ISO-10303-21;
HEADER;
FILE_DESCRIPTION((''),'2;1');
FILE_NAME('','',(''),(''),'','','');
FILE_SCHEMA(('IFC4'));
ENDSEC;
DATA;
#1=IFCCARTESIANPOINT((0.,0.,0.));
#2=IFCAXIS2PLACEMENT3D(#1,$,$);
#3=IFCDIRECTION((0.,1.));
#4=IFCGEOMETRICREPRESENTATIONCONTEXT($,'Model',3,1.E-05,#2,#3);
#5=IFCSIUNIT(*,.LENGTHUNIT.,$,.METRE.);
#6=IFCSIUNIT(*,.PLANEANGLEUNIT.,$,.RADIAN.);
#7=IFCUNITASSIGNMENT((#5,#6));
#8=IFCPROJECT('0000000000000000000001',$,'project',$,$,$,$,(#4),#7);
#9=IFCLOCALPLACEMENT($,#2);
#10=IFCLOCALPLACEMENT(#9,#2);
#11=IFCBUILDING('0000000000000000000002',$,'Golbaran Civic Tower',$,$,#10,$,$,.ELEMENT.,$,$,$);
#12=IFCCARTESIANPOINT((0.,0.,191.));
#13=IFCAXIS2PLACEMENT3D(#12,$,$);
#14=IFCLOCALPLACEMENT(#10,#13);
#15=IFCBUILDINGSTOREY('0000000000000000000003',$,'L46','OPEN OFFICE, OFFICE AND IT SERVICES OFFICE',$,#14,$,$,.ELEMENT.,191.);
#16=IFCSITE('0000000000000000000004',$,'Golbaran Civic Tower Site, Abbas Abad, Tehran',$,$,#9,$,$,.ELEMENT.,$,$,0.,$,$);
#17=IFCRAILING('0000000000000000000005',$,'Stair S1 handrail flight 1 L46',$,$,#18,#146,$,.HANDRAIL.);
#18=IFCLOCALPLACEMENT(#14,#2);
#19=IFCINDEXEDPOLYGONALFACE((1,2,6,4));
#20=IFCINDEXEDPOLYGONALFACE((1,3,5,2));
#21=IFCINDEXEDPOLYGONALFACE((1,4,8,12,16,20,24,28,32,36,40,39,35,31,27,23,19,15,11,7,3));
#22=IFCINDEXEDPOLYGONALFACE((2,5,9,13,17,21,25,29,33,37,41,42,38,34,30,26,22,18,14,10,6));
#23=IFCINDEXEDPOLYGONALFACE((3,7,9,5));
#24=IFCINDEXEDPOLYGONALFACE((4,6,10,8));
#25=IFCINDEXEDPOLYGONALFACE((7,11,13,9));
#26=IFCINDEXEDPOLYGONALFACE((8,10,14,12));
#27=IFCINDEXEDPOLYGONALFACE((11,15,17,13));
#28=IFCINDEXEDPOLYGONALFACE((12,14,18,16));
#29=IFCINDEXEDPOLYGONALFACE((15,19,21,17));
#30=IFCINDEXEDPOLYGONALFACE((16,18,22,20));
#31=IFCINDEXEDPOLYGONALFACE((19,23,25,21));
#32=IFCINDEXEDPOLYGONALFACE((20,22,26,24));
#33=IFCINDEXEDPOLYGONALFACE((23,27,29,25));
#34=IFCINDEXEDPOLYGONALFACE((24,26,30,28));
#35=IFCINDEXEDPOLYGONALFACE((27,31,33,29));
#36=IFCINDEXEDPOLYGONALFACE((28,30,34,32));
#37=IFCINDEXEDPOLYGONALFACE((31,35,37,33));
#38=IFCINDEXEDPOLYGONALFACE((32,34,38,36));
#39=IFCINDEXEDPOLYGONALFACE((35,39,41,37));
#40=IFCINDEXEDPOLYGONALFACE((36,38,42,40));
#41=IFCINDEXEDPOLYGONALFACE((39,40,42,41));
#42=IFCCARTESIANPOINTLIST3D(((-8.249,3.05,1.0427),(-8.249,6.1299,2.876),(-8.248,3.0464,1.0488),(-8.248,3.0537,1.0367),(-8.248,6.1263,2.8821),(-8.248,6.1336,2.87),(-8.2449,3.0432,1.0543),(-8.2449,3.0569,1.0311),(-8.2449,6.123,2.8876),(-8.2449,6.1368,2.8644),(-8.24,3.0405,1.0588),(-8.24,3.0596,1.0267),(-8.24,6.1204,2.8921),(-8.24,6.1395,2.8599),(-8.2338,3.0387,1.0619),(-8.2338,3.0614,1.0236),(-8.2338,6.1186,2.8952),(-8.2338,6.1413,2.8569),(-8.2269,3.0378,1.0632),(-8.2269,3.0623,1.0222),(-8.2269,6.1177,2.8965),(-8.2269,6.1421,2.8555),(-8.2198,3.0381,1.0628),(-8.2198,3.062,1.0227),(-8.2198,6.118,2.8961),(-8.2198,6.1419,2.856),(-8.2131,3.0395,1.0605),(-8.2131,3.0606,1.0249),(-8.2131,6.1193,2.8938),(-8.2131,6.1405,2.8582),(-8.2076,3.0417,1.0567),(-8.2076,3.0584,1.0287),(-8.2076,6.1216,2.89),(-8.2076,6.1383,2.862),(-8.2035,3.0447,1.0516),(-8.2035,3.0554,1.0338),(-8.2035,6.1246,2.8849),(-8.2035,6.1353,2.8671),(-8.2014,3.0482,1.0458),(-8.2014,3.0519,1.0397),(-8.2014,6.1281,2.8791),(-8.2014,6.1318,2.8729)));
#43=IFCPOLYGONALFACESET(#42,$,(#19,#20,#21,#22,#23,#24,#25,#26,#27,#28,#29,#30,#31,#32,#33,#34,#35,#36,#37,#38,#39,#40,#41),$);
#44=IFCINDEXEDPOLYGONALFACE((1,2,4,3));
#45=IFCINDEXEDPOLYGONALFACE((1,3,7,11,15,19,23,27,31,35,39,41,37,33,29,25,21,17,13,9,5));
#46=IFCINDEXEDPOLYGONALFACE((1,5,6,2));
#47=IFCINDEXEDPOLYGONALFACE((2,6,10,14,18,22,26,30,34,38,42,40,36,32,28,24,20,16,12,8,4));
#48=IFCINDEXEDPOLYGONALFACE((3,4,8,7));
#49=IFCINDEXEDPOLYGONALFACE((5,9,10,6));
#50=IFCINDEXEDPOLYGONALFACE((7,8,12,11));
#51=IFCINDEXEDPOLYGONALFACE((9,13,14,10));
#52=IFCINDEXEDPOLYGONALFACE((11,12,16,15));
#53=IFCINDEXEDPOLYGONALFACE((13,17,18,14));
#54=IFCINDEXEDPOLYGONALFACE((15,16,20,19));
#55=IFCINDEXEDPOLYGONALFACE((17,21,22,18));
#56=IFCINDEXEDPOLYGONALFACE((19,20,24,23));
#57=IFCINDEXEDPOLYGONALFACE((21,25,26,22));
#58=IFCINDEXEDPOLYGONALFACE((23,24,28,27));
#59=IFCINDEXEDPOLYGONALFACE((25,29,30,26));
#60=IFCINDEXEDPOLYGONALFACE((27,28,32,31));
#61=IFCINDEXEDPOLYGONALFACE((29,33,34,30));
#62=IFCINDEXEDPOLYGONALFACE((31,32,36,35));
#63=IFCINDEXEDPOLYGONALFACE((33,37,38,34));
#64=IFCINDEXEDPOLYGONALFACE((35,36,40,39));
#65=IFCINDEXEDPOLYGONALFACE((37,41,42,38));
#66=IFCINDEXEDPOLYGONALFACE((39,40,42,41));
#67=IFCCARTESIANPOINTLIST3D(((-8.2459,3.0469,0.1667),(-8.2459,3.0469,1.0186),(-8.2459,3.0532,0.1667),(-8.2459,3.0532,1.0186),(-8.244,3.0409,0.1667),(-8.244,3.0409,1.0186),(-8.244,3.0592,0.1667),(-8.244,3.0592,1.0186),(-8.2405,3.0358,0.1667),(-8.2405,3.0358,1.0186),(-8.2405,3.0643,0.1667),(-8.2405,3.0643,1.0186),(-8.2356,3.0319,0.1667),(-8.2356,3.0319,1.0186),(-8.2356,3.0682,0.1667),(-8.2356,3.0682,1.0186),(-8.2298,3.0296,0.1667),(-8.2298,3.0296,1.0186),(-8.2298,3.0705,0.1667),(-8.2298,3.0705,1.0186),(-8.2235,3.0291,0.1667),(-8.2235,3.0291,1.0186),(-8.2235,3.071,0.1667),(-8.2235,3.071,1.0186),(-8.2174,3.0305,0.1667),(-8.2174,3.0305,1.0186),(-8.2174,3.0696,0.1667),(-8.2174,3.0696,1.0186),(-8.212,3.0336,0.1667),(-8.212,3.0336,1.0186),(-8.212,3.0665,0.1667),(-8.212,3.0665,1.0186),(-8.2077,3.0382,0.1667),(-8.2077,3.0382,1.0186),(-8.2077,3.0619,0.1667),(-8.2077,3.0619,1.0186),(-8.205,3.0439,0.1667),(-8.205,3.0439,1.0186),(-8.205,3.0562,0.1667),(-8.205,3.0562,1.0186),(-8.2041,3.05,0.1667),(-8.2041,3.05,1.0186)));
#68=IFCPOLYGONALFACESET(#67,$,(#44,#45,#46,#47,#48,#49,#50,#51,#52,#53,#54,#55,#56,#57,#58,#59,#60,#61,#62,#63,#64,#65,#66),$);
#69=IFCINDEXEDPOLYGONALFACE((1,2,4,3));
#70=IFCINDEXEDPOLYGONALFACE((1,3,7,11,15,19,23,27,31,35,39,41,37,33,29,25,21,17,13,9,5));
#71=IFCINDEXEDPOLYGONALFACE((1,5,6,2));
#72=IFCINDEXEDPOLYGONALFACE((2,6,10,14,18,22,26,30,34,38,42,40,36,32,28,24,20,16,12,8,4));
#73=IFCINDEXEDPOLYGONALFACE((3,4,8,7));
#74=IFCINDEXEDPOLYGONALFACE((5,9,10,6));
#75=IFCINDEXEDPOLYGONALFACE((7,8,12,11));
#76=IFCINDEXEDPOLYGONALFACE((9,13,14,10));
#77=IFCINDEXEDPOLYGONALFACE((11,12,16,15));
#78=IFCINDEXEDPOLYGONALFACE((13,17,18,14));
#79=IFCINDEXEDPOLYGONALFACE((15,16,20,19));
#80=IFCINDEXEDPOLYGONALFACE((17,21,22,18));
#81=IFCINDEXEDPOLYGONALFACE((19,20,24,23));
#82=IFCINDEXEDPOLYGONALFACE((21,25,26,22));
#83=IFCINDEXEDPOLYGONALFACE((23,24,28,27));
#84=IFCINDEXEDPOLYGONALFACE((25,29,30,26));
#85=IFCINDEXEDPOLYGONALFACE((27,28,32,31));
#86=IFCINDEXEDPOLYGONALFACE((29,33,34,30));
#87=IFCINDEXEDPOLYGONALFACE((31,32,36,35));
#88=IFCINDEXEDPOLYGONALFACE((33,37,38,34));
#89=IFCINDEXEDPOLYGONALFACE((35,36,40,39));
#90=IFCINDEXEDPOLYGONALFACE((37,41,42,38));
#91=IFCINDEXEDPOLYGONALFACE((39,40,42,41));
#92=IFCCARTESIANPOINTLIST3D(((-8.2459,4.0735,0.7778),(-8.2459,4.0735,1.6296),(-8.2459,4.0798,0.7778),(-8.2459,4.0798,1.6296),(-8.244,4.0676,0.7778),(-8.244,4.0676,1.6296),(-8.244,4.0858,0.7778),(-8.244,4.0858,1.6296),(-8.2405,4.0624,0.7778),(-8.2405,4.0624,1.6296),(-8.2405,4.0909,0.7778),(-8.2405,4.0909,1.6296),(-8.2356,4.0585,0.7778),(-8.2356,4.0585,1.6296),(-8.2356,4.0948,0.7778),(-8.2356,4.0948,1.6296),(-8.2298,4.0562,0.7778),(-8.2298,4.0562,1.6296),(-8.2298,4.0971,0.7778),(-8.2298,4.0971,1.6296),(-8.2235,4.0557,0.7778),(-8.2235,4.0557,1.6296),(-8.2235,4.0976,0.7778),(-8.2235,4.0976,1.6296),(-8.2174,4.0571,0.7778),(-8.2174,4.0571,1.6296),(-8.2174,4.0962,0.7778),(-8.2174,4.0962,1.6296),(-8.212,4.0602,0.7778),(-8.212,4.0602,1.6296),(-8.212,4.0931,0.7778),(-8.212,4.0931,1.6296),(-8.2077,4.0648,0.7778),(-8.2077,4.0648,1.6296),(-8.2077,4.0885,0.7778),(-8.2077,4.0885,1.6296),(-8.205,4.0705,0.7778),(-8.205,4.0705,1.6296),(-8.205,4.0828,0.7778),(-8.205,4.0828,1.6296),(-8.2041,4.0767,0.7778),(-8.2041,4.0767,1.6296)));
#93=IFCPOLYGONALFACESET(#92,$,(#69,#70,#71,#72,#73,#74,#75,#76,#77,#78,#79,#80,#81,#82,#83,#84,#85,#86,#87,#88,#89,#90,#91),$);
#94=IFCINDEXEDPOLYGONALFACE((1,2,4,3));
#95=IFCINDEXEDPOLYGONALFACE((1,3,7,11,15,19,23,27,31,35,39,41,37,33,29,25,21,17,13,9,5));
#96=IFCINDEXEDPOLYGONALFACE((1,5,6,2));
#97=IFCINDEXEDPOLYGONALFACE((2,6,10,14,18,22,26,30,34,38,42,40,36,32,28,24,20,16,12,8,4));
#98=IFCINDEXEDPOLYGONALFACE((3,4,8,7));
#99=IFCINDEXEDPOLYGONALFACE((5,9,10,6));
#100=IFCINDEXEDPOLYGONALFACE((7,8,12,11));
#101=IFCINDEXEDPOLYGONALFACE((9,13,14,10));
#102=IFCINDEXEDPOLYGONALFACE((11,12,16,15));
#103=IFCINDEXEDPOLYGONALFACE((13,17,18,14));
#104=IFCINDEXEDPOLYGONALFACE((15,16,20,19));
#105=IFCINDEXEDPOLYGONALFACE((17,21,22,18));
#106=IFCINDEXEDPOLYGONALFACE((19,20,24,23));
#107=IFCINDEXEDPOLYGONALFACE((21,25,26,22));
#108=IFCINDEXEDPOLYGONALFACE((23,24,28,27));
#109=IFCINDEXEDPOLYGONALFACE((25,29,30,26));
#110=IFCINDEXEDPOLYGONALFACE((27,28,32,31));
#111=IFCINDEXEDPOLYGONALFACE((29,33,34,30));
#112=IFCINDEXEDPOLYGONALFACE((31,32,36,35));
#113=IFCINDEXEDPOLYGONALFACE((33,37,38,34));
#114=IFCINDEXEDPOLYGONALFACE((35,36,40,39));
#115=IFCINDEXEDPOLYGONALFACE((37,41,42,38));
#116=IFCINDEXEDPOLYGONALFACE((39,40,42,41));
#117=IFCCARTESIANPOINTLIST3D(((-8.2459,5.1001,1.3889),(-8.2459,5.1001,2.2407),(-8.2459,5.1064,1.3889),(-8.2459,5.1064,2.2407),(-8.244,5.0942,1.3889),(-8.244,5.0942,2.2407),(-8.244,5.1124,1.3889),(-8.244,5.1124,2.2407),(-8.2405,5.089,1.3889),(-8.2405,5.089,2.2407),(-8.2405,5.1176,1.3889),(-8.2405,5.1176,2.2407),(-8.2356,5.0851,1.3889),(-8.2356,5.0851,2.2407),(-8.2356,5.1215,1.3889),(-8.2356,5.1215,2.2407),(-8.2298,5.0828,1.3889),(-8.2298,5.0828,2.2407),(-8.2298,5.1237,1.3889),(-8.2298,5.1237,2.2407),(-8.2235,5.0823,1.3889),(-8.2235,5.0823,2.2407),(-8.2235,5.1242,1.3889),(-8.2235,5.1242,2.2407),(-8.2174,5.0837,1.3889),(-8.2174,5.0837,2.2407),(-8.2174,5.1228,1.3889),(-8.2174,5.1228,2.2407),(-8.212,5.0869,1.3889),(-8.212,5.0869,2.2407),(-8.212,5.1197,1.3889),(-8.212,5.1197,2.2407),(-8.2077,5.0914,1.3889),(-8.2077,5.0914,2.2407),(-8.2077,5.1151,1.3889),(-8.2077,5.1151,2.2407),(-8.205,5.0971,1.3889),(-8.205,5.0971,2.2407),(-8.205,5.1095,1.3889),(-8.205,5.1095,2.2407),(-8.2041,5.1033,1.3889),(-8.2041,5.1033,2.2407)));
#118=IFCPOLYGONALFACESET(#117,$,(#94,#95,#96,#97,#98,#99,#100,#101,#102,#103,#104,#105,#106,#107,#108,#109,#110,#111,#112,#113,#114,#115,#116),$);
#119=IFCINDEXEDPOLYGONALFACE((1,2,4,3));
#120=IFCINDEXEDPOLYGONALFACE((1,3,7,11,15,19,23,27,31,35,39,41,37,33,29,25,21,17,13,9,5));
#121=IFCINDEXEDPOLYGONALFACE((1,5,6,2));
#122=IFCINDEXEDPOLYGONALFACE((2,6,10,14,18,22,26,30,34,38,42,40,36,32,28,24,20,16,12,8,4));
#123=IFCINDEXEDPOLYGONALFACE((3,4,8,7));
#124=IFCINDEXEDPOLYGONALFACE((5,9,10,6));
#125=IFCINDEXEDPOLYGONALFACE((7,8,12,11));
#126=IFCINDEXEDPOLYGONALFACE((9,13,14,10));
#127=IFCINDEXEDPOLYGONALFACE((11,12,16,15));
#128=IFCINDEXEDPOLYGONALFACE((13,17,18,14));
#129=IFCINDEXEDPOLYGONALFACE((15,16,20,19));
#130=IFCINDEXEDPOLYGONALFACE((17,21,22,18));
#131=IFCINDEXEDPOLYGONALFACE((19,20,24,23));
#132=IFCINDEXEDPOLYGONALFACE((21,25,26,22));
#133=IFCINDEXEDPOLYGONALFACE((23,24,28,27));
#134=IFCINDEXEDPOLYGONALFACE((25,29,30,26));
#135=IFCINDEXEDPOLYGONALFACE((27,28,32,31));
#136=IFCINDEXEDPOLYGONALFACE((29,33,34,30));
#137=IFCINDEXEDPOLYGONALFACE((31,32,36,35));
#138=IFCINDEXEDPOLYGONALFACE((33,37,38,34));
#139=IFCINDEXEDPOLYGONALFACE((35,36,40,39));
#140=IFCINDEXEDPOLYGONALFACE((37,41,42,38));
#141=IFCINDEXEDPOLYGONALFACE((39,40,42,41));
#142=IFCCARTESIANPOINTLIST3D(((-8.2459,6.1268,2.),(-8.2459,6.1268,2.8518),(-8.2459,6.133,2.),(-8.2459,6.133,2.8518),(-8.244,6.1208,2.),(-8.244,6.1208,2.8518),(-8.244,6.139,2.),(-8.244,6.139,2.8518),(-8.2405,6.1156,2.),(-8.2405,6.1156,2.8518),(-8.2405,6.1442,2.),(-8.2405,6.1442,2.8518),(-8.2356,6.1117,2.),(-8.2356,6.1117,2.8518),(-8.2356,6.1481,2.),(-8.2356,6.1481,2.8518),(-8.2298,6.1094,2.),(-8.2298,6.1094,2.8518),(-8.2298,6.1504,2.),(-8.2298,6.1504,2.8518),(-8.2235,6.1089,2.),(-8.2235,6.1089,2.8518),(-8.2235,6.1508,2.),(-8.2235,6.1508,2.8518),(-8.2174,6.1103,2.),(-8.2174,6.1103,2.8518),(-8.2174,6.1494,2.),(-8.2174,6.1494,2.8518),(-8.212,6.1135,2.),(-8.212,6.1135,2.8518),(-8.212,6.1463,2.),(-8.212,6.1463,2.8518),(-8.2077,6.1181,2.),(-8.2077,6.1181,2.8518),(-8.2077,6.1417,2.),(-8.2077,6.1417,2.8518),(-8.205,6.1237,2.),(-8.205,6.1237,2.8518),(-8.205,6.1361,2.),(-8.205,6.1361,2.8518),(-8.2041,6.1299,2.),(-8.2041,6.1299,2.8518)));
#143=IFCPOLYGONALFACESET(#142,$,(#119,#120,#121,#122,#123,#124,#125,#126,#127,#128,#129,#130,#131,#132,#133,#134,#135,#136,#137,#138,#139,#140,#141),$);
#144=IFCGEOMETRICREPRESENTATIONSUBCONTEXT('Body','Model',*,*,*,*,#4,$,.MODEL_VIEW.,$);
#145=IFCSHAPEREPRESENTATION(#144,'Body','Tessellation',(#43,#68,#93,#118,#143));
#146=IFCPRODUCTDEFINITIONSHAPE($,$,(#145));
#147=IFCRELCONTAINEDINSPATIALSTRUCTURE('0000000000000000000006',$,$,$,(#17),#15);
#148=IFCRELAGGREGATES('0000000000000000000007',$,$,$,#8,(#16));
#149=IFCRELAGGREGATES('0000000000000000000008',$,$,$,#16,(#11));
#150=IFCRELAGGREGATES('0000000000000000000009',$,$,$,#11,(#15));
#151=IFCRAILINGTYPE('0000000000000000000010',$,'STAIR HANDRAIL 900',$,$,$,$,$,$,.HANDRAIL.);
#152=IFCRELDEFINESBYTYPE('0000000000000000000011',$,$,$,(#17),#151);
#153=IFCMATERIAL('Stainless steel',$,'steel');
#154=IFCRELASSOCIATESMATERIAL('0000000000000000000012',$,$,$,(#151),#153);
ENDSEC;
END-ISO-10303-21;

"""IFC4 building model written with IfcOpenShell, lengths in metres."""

from ifc_helpers import new_model, si_unit, direction, frame, origin, origin_2d, place, context, subcontext, project, spatial, circle, extrude, material, type_object, element, save


model = new_model("IFC4")

# Units and contexts
model_context = context("Model", 3, precision=1e-05, world=origin(), true_north=direction((0.0, 1.0)))
body_context = subcontext(model_context, "Body", "Model", "MODEL_VIEW")
ifc_project = project(units=[si_unit("LENGTHUNIT", "METRE"), si_unit("PLANEANGLEUNIT", "RADIAN")], contexts=[model_context])

# Site, building, storey
site_placement = place(None, origin())
site = spatial("IfcSite", under=ifc_project, at=site_placement, Name="Golbaran Civic Tower Site, Abbas Abad, Tehran", CompositionType="ELEMENT", RefElevation=0.0)
building_placement = place(site_placement, origin())
building = spatial("IfcBuilding", under=site, at=building_placement, Name="Golbaran Civic Tower", CompositionType="ELEMENT")
storey_placement = place(building_placement, frame((0.0, 0.0, 191.0)))
storey = spatial("IfcBuildingStorey", under=building, at=storey_placement, Name="L46", Description="OPEN OFFICE, OFFICE AND IT SERVICES OFFICE", CompositionType="ELEMENT", Elevation=191.0)

# Shared definitions
ifc_material_1 = material(Name="Stainless steel", Category="steel")

# Railing
railing_type = type_object("IfcRailingType", Name="STAIR HANDRAIL 900", PredefinedType="HANDRAIL", material=ifc_material_1)
railing_1_placement = place(storey_placement, frame((-8.2251, 3.05, 0.1667)))
element("IfcRailing", 1, at=railing_1_placement, inside=storey, type_object=railing_type, Name="Stair S1 handrail flight 1 L46", PredefinedType="HANDRAIL", context=body_context, shape_type="SweptSolid", body=[
    extrude(circle(Radius=0.0239, at=origin_2d()), frame((0.0, 0.0, 0.876), z_axis=(0.0, 0.859291, 0.511487), x_axis=(-1.0, 0.0, 0.0)), (0.0, 0.0, 1.0), 3.5842),
    extrude(circle(Radius=0.021, at=origin_2d()), origin(), (0.0, 0.0, 1.0), 0.8518),
    extrude(circle(Radius=0.021, at=origin_2d()), frame((0.0, 1.0266, 0.6111)), (0.0, 0.0, 1.0), 0.8518),
    extrude(circle(Radius=0.021, at=origin_2d()), frame((0.0, 2.0532, 1.2222)), (0.0, 0.0, 1.0), 0.8518),
    extrude(circle(Radius=0.021, at=origin_2d()), frame((0.0, 3.0798, 1.8333)), (0.0, 0.0, 1.0), 0.8518),
])

save(model, "model.ifc")
